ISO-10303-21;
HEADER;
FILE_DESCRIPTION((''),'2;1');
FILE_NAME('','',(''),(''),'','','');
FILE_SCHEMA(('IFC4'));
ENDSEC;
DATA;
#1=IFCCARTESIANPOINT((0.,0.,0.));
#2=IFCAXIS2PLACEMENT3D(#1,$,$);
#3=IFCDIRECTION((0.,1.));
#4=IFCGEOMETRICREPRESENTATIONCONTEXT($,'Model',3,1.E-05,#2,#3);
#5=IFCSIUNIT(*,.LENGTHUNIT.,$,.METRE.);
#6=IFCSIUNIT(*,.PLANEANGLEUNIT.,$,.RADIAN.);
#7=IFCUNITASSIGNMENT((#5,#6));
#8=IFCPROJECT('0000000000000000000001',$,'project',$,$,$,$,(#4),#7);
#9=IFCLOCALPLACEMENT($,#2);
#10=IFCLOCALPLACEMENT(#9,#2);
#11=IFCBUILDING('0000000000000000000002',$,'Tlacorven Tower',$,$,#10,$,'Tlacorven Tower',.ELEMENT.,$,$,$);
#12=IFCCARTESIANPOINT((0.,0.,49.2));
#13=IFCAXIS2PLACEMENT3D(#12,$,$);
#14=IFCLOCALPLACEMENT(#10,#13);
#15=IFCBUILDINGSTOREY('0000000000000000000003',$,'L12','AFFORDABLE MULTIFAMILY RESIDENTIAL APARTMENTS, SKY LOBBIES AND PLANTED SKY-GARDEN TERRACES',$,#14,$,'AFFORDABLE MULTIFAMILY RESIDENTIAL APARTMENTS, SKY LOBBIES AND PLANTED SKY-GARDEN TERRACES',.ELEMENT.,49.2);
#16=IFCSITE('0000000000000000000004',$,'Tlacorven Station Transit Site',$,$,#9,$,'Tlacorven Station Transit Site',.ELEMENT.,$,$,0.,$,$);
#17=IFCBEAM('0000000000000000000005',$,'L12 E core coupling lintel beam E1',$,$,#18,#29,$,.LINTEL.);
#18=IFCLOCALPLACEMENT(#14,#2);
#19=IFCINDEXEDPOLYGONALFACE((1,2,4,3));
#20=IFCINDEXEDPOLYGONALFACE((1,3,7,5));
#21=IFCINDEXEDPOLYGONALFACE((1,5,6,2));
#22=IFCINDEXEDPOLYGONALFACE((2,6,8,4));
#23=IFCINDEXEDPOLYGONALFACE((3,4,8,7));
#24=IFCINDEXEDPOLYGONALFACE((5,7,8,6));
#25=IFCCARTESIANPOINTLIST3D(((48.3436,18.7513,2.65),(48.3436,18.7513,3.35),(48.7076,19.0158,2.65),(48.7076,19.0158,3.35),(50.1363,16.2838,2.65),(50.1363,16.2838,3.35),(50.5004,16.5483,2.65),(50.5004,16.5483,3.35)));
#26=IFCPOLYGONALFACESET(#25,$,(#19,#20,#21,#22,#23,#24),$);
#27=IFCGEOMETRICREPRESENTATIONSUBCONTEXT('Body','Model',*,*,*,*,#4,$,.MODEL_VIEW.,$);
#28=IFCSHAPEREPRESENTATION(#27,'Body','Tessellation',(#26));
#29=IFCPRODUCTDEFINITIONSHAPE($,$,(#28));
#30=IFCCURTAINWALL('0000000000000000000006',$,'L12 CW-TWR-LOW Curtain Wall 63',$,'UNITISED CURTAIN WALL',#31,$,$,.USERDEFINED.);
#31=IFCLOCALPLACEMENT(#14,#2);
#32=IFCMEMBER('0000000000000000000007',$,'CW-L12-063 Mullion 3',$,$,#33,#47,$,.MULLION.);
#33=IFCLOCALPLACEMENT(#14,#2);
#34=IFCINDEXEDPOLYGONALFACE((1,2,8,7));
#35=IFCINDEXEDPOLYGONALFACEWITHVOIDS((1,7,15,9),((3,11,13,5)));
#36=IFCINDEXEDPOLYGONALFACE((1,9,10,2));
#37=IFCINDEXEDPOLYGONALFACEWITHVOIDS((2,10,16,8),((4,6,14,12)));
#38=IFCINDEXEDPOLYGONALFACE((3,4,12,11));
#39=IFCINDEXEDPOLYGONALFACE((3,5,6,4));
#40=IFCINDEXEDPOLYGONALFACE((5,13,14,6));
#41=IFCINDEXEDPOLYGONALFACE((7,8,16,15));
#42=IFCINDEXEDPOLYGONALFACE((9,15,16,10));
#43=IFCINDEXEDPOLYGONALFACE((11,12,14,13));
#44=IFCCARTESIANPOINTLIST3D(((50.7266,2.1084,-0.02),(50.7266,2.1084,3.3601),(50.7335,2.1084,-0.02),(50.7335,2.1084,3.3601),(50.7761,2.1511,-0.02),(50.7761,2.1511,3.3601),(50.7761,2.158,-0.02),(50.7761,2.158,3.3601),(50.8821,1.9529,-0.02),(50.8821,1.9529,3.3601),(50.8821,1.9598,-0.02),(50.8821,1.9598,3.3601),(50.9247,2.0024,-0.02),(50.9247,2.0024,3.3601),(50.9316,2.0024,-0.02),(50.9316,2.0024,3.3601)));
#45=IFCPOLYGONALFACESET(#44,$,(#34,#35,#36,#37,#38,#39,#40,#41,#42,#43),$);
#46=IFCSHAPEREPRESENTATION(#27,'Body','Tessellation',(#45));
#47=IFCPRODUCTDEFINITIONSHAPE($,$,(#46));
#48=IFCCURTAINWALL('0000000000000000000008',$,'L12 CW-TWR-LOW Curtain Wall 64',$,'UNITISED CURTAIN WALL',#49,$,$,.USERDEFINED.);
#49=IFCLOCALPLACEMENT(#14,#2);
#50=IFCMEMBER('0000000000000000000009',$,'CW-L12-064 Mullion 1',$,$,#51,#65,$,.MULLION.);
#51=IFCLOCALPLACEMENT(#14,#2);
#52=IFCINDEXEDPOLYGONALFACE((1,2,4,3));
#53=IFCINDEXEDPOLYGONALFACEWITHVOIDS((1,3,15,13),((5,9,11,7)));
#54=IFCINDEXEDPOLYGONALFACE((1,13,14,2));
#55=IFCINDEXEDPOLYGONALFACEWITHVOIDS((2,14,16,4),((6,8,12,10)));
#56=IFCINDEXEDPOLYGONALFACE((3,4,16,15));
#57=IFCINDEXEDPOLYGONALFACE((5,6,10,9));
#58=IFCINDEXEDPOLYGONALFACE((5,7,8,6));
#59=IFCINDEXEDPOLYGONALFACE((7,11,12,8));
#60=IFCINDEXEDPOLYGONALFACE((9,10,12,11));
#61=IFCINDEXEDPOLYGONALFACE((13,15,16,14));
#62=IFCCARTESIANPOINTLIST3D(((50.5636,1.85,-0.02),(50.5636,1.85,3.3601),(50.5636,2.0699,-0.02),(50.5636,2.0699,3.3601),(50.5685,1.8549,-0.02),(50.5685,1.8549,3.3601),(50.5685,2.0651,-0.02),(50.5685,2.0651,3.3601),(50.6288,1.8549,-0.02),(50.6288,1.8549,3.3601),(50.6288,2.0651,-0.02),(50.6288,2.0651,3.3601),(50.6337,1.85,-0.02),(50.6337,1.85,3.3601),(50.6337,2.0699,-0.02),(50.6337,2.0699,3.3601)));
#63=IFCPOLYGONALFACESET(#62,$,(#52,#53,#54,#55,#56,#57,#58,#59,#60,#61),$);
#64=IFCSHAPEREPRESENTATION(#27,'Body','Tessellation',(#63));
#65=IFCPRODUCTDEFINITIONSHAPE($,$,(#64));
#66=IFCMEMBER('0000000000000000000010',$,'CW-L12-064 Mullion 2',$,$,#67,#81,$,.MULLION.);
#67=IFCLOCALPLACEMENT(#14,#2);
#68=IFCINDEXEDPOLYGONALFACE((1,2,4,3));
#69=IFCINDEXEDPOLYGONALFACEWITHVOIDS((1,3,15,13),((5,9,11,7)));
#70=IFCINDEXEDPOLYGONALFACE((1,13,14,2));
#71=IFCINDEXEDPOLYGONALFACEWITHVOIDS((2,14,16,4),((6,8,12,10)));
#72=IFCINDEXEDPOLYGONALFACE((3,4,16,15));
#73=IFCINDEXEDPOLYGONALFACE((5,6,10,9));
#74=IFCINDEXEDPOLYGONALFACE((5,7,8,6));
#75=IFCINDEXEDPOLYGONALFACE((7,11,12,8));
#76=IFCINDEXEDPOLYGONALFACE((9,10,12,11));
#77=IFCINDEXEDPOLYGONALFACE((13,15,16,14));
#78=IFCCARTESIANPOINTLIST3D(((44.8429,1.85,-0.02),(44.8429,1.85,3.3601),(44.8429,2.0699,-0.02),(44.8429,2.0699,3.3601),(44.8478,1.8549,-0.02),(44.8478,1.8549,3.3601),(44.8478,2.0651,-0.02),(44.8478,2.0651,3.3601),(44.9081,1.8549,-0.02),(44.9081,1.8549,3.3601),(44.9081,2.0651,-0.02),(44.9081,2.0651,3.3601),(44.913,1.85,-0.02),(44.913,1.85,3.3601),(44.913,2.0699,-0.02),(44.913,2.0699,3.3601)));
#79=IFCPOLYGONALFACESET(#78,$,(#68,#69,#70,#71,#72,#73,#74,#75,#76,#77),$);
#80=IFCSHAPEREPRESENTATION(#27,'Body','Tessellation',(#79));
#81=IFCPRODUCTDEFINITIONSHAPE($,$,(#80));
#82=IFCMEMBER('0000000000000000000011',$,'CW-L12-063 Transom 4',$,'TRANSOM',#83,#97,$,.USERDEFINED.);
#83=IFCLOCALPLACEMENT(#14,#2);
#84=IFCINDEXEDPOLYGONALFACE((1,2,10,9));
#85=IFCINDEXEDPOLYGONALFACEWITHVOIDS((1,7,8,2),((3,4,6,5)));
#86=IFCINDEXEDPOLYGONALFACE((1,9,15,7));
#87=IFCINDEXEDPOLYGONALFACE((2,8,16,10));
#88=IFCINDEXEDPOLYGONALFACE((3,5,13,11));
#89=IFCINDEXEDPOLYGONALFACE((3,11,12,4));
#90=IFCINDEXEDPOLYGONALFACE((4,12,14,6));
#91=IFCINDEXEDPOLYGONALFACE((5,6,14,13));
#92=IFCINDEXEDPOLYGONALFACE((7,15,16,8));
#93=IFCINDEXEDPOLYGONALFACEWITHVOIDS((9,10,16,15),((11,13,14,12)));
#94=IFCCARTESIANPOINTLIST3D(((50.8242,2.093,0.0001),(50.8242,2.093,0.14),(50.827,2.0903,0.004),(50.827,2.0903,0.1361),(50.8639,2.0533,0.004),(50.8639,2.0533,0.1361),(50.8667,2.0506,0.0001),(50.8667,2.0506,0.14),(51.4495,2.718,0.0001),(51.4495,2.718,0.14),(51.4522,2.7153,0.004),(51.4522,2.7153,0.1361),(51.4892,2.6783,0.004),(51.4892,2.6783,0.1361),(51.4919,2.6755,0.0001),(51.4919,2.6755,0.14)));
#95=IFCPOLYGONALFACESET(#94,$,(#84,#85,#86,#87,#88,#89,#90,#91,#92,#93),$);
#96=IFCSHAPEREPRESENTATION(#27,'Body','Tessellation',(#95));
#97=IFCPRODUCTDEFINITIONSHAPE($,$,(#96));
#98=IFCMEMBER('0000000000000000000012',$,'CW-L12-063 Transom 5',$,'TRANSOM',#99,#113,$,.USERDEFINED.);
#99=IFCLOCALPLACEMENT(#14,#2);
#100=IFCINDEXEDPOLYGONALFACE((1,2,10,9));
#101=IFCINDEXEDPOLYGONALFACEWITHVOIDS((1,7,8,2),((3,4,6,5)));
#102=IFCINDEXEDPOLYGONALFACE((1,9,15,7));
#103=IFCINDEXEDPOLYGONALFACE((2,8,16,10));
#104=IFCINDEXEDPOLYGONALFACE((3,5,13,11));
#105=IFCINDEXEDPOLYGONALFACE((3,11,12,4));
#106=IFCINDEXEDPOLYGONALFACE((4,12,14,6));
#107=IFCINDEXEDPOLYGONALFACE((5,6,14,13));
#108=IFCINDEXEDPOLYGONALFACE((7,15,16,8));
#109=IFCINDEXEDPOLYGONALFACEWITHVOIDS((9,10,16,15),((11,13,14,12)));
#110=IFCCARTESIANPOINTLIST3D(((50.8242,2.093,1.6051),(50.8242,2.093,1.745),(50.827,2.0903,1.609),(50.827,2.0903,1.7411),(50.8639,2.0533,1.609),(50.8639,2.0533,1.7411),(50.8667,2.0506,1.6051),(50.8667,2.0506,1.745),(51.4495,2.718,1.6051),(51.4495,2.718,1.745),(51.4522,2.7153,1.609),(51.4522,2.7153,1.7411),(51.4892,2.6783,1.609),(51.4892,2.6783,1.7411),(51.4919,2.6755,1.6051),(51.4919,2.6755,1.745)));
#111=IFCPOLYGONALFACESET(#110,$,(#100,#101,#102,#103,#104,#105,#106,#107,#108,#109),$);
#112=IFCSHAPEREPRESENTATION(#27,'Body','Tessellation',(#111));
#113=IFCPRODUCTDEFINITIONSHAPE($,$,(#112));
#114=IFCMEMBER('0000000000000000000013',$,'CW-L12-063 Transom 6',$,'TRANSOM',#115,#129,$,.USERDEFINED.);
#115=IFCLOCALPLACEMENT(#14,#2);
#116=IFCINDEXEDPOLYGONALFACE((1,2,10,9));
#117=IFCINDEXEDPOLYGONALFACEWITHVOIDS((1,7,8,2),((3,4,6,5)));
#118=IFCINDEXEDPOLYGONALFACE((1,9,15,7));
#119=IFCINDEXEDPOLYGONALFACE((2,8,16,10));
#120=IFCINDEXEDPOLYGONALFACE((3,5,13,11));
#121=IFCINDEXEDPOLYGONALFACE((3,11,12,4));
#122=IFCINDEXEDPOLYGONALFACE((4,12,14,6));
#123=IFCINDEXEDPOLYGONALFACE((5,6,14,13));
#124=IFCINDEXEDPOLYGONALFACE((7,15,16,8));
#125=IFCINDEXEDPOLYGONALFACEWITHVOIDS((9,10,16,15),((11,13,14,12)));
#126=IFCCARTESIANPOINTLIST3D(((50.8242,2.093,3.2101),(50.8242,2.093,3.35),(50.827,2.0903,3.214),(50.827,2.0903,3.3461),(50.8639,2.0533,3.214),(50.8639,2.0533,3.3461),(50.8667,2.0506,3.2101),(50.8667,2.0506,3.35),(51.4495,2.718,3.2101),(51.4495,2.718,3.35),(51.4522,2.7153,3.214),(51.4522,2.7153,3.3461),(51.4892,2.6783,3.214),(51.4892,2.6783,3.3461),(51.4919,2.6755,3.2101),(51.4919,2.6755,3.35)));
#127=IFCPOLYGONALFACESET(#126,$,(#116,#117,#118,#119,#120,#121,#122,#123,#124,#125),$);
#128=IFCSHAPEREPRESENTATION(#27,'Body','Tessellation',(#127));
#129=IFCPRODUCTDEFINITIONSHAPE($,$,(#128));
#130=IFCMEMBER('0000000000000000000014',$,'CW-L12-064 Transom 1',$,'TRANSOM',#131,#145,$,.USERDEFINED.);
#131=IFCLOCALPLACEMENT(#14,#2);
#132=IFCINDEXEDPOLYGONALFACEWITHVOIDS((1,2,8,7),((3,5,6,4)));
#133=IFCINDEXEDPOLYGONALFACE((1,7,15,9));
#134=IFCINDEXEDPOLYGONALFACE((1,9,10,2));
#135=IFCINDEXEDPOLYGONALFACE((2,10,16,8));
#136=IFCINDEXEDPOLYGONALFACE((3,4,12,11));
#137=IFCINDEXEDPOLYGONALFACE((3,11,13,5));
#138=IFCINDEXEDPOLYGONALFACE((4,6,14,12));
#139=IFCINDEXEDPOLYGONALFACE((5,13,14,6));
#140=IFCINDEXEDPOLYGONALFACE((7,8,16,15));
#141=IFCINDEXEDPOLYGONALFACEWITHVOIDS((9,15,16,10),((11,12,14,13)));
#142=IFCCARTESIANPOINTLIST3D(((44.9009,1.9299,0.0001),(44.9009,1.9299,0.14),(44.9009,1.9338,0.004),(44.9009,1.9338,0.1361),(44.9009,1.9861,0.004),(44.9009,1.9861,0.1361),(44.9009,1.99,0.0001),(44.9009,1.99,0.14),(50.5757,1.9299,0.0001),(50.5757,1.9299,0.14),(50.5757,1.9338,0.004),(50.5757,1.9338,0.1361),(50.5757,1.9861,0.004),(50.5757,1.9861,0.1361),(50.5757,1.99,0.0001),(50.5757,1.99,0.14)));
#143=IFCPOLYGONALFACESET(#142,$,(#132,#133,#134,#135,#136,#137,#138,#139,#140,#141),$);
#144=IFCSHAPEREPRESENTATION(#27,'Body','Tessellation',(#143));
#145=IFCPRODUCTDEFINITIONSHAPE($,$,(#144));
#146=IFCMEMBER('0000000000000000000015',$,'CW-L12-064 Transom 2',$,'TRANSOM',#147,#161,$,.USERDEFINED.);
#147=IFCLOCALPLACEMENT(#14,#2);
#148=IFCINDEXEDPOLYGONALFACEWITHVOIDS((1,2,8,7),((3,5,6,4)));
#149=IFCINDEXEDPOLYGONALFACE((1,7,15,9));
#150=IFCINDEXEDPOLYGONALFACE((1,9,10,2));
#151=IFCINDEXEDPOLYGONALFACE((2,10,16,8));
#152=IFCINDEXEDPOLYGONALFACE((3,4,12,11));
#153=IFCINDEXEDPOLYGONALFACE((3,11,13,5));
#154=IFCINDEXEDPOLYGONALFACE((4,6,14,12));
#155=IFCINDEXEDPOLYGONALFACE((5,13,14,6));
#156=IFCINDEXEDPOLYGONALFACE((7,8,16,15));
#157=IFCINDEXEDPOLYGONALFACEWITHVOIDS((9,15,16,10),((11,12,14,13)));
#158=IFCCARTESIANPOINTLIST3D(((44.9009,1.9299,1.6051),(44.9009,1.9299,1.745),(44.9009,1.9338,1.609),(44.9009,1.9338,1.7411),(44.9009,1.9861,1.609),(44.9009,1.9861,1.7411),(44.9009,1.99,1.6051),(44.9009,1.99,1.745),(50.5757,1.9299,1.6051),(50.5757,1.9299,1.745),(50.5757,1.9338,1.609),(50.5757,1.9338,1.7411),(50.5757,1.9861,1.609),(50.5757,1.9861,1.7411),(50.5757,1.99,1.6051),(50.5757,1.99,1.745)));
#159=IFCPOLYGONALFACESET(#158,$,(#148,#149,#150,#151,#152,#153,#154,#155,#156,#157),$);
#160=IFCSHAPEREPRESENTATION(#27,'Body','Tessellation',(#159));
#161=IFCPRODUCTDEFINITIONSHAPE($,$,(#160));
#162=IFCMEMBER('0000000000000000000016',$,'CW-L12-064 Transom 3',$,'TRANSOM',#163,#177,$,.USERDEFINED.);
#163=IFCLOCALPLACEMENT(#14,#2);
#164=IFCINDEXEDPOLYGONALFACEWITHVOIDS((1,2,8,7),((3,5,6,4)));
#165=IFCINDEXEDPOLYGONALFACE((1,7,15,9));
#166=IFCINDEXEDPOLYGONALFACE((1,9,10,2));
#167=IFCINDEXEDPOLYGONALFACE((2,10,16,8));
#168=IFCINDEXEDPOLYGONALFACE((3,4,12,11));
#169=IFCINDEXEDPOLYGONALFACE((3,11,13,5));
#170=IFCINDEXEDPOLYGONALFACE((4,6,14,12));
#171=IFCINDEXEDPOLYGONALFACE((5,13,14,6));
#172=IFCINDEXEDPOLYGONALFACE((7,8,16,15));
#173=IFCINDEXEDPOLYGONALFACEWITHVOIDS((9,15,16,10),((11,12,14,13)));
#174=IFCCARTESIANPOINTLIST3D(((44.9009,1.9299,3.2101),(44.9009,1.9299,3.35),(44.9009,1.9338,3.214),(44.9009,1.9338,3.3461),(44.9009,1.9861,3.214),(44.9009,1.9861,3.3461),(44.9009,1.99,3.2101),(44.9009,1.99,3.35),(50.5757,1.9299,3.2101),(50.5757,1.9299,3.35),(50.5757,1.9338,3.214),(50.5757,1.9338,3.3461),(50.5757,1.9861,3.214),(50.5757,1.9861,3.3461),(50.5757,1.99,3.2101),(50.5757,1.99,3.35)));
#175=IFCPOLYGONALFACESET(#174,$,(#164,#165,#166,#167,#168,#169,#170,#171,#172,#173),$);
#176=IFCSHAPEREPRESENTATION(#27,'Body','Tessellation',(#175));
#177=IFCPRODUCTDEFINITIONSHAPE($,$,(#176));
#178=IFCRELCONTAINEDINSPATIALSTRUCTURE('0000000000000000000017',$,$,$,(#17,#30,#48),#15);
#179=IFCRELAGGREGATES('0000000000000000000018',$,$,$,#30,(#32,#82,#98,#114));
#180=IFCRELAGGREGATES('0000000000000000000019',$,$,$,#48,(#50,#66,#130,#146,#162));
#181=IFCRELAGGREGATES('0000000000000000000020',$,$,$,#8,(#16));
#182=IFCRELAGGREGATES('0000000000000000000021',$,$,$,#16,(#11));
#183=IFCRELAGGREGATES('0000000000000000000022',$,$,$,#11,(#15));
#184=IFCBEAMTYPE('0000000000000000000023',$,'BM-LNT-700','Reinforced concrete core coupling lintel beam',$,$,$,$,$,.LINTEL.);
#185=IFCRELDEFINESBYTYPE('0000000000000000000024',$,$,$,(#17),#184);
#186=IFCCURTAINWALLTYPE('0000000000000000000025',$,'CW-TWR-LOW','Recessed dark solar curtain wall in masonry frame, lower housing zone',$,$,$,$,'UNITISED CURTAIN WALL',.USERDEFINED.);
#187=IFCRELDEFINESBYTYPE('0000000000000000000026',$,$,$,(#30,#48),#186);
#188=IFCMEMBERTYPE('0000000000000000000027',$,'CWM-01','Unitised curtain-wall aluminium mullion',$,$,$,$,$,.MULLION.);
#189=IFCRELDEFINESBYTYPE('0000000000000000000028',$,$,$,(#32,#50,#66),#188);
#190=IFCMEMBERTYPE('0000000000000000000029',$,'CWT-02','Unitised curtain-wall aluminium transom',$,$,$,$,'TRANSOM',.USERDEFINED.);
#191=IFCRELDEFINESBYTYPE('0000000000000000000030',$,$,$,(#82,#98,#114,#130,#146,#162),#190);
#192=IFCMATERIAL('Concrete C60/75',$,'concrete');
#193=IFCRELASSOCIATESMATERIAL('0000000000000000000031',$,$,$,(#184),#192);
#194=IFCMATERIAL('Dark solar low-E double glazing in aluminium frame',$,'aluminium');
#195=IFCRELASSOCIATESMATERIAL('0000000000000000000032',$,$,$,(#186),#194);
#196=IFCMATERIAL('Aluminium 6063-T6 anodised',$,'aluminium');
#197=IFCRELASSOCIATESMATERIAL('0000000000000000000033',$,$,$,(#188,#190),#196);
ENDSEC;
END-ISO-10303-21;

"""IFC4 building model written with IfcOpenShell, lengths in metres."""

from ifc_helpers import new_model, si_unit, direction, frame, origin, origin_2d, place, context, subcontext, project, spatial, rectangle, hollow_rectangle, extrude, source, transform, mapped, material, material_profile, profile_set, type_object, element, aggregate, save


model = new_model("IFC4")

# Units and contexts
model_context = context("Model", 3, precision=1e-05, world=origin(), true_north=direction((0.0, 1.0)))
body_context = subcontext(model_context, "Body", "Model", "MODEL_VIEW")
ifc_project = project(units=[si_unit("LENGTHUNIT", "METRE"), si_unit("PLANEANGLEUNIT", "RADIAN")], contexts=[model_context])

# Site, building, storey
site_placement = place(None, origin())
site = spatial("IfcSite", under=ifc_project, at=site_placement, Name="Tlacorven Station Transit Site", LongName="Tlacorven Station Transit Site", CompositionType="ELEMENT", RefElevation=0.0)
building_placement = place(site_placement, origin())
building = spatial("IfcBuilding", under=site, at=building_placement, Name="Tlacorven Tower", LongName="Tlacorven Tower", CompositionType="ELEMENT")
storey_placement = place(building_placement, frame((0.0, 0.0, 49.2)))
storey = spatial("IfcBuildingStorey", under=building, at=storey_placement, Name="L12", Description="AFFORDABLE MULTIFAMILY RESIDENTIAL APARTMENTS, SKY LOBBIES AND PLANTED SKY-GARDEN TERRACES", LongName="AFFORDABLE MULTIFAMILY RESIDENTIAL APARTMENTS, SKY LOBBIES AND PLANTED SKY-GARDEN TERRACES", CompositionType="ELEMENT", Elevation=49.2)

# Beam
ifc_material_1 = material(Name="Concrete C60/75", Category="concrete")
ifc_material_profile_1 = material_profile(ifc_material_1, rectangle(XDim=0.45, YDim=0.7, at=origin_2d()), Name="RC 450X700")
ifc_profile_set_1 = profile_set([ifc_material_profile_1], Name="Concrete C60/75")
beam_type = type_object("IfcBeamType", Name="BM-LNT-700", Description="Reinforced concrete core coupling lintel beam", PredefinedType="LINTEL", material=ifc_profile_set_1)
shared_shape_1 = source(origin(), body_context, "Body", "SweptSolid", [
    extrude(rectangle(XDim=0.45, YDim=0.7, at=origin_2d()), origin(), (0.0, 0.0, 1.0), 3.05),
])
beam_placement = place(storey_placement, frame((50.3184, 16.416, 3.0), z_axis=(-0.587777, 0.809023, 0.0), x_axis=(-0.809023, -0.587777, 0.0)))
element("IfcBeam", 1, at=beam_placement, inside=storey, type_object=beam_type, Name="L12 E core coupling lintel beam E1", PredefinedType="LINTEL", context=body_context, shape_type="MappedRepresentation", body=[
    mapped(shared_shape_1, transform((0.0, 0.0, 0.0), scale=1.0)),
])

# Curtain wall, member
ifc_material_2 = material(Name="Dark solar low-E double glazing in aluminium frame", Category="aluminium")
curtain_wall_type = type_object("IfcCurtainWallType", Name="CW-TWR-LOW", Description="Recessed dark solar curtain wall in masonry frame, lower housing zone", ElementType="UNITISED CURTAIN WALL", PredefinedType="USERDEFINED", material=ifc_material_2)
curtain_wall_1_placement = place(storey_placement, origin())
curtain_wall_1 = element("IfcCurtainWall", 2, at=curtain_wall_1_placement, inside=storey, type_object=curtain_wall_type, Name="L12 CW-TWR-LOW Curtain Wall 63", ObjectType="UNITISED CURTAIN WALL", PredefinedType="USERDEFINED")
ifc_material_3 = material(Name="Aluminium 6063-T6 anodised", Category="aluminium")
ifc_material_profile_2 = material_profile(ifc_material_3, hollow_rectangle(XDim=0.0701, YDim=0.22, WallThickness=0.0049, at=origin_2d()), Name="ALU MULLION 70X220")
ifc_profile_set_2 = profile_set([ifc_material_profile_2], Name="Aluminium 6063-T6 anodised")
member_type_1 = type_object("IfcMemberType", Name="CWM-01", Description="Unitised curtain-wall aluminium mullion", PredefinedType="MULLION", material=ifc_profile_set_2)
shared_shape_2 = source(origin(), body_context, "Body", "SweptSolid", [
    extrude(hollow_rectangle(XDim=0.0701, YDim=0.22, WallThickness=0.0049, at=origin_2d()), origin(), (0.0, 0.0, 1.0), 3.3801),
])
member_1_placement = place(storey_placement, frame((50.8291, 2.0554, -0.02), z_axis=(0.0, 0.0, 1.0), x_axis=(-0.707107, -0.707107, 0.0)))
member_1 = element("IfcMember", 3, at=member_1_placement, type_object=member_type_1, Name="CW-L12-063 Mullion 3", PredefinedType="MULLION", context=body_context, shape_type="MappedRepresentation", body=[
    mapped(shared_shape_2, transform((0.0, 0.0, 0.0), scale=1.0)),
])

# Curtain wall, members
curtain_wall_2_placement = place(storey_placement, origin())
curtain_wall_2 = element("IfcCurtainWall", 4, at=curtain_wall_2_placement, inside=storey, type_object=curtain_wall_type, Name="L12 CW-TWR-LOW Curtain Wall 64", ObjectType="UNITISED CURTAIN WALL", PredefinedType="USERDEFINED")
member_2_placement = place(storey_placement, frame((50.5986, 1.96, -0.02), z_axis=(0.0, 0.0, 1.0), x_axis=(-1.0, 0.0, 0.0)))
member_2 = element("IfcMember", 5, at=member_2_placement, type_object=member_type_1, Name="CW-L12-064 Mullion 1", PredefinedType="MULLION", context=body_context, shape_type="MappedRepresentation", body=[
    mapped(shared_shape_2, transform((0.0, 0.0, 0.0), scale=1.0)),
])
member_3_placement = place(storey_placement, frame((44.8779, 1.96, -0.02), z_axis=(0.0, 0.0, 1.0), x_axis=(-1.0, 0.0, 0.0)))
member_3 = element("IfcMember", 6, at=member_3_placement, type_object=member_type_1, Name="CW-L12-064 Mullion 2", PredefinedType="MULLION", context=body_context, shape_type="MappedRepresentation", body=[
    mapped(shared_shape_2, transform((0.0, 0.0, 0.0), scale=1.0)),
])

# Members
ifc_material_profile_3 = material_profile(ifc_material_3, hollow_rectangle(XDim=0.0601, YDim=0.1399, WallThickness=0.0039, at=origin_2d()), Name="ALU TRANSOM 60X140")
ifc_profile_set_3 = profile_set([ifc_material_profile_3], Name="Aluminium 6063-T6 anodised")
member_type_2 = type_object("IfcMemberType", Name="CWT-02", Description="Unitised curtain-wall aluminium transom", ElementType="TRANSOM", PredefinedType="USERDEFINED", material=ifc_profile_set_3)
shared_shape_3 = source(origin(), body_context, "Body", "SweptSolid", [
    extrude(hollow_rectangle(XDim=0.0601, YDim=0.1399, WallThickness=0.0039, at=origin_2d()), origin(), (0.0, 0.0, 1.0), 0.884),
])
member_4_placement = place(storey_placement, frame((51.4707, 2.6968, 0.0701), z_axis=(-0.707245, -0.706969, 0.0), x_axis=(0.706969, -0.707245, 0.0)))
member_4 = element("IfcMember", 7, at=member_4_placement, type_object=member_type_2, Name="CW-L12-063 Transom 4", ObjectType="TRANSOM", PredefinedType="USERDEFINED", context=body_context, shape_type="MappedRepresentation", body=[
    mapped(shared_shape_3, transform((0.0, 0.0, 0.0), scale=1.0)),
])
member_5_placement = place(storey_placement, frame((51.4707, 2.6968, 1.675), z_axis=(-0.707245, -0.706969, 0.0), x_axis=(0.706969, -0.707245, 0.0)))
member_5 = element("IfcMember", 8, at=member_5_placement, type_object=member_type_2, Name="CW-L12-063 Transom 5", ObjectType="TRANSOM", PredefinedType="USERDEFINED", context=body_context, shape_type="MappedRepresentation", body=[
    mapped(shared_shape_3, transform((0.0, 0.0, 0.0), scale=1.0)),
])
member_6_placement = place(storey_placement, frame((51.4707, 2.6968, 3.28), z_axis=(-0.707245, -0.706969, 0.0), x_axis=(0.706969, -0.707245, 0.0)))
member_6 = element("IfcMember", 9, at=member_6_placement, type_object=member_type_2, Name="CW-L12-063 Transom 6", ObjectType="TRANSOM", PredefinedType="USERDEFINED", context=body_context, shape_type="MappedRepresentation", body=[
    mapped(shared_shape_3, transform((0.0, 0.0, 0.0), scale=1.0)),
])
shared_shape_4 = source(origin(), body_context, "Body", "SweptSolid", [
    extrude(hollow_rectangle(XDim=0.0601, YDim=0.1399, WallThickness=0.0039, at=origin_2d()), origin(), (0.0, 0.0, 1.0), 5.6748),
])
member_7_placement = place(storey_placement, frame((50.5757, 1.96, 0.0701), z_axis=(-1.0, 0.0, 0.0), x_axis=(0.0, -1.0, 0.0)))
member_7 = element("IfcMember", 10, at=member_7_placement, type_object=member_type_2, Name="CW-L12-064 Transom 1", ObjectType="TRANSOM", PredefinedType="USERDEFINED", context=body_context, shape_type="MappedRepresentation", body=[
    mapped(shared_shape_4, transform((0.0, 0.0, 0.0), scale=1.0)),
])
member_8_placement = place(storey_placement, frame((50.5757, 1.96, 1.675), z_axis=(-1.0, 0.0, 0.0), x_axis=(0.0, -1.0, 0.0)))
member_8 = element("IfcMember", 11, at=member_8_placement, type_object=member_type_2, Name="CW-L12-064 Transom 2", ObjectType="TRANSOM", PredefinedType="USERDEFINED", context=body_context, shape_type="MappedRepresentation", body=[
    mapped(shared_shape_4, transform((0.0, 0.0, 0.0), scale=1.0)),
])
member_9_placement = place(storey_placement, frame((50.5757, 1.96, 3.28), z_axis=(-1.0, 0.0, 0.0), x_axis=(0.0, -1.0, 0.0)))
member_9 = element("IfcMember", 12, at=member_9_placement, type_object=member_type_2, Name="CW-L12-064 Transom 3", ObjectType="TRANSOM", PredefinedType="USERDEFINED", context=body_context, shape_type="MappedRepresentation", body=[
    mapped(shared_shape_4, transform((0.0, 0.0, 0.0), scale=1.0)),
])

aggregate(curtain_wall_1, [member_1, member_4, member_5, member_6])
aggregate(curtain_wall_2, [member_2, member_3, member_7, member_8, member_9])

save(model, "model.ifc")
